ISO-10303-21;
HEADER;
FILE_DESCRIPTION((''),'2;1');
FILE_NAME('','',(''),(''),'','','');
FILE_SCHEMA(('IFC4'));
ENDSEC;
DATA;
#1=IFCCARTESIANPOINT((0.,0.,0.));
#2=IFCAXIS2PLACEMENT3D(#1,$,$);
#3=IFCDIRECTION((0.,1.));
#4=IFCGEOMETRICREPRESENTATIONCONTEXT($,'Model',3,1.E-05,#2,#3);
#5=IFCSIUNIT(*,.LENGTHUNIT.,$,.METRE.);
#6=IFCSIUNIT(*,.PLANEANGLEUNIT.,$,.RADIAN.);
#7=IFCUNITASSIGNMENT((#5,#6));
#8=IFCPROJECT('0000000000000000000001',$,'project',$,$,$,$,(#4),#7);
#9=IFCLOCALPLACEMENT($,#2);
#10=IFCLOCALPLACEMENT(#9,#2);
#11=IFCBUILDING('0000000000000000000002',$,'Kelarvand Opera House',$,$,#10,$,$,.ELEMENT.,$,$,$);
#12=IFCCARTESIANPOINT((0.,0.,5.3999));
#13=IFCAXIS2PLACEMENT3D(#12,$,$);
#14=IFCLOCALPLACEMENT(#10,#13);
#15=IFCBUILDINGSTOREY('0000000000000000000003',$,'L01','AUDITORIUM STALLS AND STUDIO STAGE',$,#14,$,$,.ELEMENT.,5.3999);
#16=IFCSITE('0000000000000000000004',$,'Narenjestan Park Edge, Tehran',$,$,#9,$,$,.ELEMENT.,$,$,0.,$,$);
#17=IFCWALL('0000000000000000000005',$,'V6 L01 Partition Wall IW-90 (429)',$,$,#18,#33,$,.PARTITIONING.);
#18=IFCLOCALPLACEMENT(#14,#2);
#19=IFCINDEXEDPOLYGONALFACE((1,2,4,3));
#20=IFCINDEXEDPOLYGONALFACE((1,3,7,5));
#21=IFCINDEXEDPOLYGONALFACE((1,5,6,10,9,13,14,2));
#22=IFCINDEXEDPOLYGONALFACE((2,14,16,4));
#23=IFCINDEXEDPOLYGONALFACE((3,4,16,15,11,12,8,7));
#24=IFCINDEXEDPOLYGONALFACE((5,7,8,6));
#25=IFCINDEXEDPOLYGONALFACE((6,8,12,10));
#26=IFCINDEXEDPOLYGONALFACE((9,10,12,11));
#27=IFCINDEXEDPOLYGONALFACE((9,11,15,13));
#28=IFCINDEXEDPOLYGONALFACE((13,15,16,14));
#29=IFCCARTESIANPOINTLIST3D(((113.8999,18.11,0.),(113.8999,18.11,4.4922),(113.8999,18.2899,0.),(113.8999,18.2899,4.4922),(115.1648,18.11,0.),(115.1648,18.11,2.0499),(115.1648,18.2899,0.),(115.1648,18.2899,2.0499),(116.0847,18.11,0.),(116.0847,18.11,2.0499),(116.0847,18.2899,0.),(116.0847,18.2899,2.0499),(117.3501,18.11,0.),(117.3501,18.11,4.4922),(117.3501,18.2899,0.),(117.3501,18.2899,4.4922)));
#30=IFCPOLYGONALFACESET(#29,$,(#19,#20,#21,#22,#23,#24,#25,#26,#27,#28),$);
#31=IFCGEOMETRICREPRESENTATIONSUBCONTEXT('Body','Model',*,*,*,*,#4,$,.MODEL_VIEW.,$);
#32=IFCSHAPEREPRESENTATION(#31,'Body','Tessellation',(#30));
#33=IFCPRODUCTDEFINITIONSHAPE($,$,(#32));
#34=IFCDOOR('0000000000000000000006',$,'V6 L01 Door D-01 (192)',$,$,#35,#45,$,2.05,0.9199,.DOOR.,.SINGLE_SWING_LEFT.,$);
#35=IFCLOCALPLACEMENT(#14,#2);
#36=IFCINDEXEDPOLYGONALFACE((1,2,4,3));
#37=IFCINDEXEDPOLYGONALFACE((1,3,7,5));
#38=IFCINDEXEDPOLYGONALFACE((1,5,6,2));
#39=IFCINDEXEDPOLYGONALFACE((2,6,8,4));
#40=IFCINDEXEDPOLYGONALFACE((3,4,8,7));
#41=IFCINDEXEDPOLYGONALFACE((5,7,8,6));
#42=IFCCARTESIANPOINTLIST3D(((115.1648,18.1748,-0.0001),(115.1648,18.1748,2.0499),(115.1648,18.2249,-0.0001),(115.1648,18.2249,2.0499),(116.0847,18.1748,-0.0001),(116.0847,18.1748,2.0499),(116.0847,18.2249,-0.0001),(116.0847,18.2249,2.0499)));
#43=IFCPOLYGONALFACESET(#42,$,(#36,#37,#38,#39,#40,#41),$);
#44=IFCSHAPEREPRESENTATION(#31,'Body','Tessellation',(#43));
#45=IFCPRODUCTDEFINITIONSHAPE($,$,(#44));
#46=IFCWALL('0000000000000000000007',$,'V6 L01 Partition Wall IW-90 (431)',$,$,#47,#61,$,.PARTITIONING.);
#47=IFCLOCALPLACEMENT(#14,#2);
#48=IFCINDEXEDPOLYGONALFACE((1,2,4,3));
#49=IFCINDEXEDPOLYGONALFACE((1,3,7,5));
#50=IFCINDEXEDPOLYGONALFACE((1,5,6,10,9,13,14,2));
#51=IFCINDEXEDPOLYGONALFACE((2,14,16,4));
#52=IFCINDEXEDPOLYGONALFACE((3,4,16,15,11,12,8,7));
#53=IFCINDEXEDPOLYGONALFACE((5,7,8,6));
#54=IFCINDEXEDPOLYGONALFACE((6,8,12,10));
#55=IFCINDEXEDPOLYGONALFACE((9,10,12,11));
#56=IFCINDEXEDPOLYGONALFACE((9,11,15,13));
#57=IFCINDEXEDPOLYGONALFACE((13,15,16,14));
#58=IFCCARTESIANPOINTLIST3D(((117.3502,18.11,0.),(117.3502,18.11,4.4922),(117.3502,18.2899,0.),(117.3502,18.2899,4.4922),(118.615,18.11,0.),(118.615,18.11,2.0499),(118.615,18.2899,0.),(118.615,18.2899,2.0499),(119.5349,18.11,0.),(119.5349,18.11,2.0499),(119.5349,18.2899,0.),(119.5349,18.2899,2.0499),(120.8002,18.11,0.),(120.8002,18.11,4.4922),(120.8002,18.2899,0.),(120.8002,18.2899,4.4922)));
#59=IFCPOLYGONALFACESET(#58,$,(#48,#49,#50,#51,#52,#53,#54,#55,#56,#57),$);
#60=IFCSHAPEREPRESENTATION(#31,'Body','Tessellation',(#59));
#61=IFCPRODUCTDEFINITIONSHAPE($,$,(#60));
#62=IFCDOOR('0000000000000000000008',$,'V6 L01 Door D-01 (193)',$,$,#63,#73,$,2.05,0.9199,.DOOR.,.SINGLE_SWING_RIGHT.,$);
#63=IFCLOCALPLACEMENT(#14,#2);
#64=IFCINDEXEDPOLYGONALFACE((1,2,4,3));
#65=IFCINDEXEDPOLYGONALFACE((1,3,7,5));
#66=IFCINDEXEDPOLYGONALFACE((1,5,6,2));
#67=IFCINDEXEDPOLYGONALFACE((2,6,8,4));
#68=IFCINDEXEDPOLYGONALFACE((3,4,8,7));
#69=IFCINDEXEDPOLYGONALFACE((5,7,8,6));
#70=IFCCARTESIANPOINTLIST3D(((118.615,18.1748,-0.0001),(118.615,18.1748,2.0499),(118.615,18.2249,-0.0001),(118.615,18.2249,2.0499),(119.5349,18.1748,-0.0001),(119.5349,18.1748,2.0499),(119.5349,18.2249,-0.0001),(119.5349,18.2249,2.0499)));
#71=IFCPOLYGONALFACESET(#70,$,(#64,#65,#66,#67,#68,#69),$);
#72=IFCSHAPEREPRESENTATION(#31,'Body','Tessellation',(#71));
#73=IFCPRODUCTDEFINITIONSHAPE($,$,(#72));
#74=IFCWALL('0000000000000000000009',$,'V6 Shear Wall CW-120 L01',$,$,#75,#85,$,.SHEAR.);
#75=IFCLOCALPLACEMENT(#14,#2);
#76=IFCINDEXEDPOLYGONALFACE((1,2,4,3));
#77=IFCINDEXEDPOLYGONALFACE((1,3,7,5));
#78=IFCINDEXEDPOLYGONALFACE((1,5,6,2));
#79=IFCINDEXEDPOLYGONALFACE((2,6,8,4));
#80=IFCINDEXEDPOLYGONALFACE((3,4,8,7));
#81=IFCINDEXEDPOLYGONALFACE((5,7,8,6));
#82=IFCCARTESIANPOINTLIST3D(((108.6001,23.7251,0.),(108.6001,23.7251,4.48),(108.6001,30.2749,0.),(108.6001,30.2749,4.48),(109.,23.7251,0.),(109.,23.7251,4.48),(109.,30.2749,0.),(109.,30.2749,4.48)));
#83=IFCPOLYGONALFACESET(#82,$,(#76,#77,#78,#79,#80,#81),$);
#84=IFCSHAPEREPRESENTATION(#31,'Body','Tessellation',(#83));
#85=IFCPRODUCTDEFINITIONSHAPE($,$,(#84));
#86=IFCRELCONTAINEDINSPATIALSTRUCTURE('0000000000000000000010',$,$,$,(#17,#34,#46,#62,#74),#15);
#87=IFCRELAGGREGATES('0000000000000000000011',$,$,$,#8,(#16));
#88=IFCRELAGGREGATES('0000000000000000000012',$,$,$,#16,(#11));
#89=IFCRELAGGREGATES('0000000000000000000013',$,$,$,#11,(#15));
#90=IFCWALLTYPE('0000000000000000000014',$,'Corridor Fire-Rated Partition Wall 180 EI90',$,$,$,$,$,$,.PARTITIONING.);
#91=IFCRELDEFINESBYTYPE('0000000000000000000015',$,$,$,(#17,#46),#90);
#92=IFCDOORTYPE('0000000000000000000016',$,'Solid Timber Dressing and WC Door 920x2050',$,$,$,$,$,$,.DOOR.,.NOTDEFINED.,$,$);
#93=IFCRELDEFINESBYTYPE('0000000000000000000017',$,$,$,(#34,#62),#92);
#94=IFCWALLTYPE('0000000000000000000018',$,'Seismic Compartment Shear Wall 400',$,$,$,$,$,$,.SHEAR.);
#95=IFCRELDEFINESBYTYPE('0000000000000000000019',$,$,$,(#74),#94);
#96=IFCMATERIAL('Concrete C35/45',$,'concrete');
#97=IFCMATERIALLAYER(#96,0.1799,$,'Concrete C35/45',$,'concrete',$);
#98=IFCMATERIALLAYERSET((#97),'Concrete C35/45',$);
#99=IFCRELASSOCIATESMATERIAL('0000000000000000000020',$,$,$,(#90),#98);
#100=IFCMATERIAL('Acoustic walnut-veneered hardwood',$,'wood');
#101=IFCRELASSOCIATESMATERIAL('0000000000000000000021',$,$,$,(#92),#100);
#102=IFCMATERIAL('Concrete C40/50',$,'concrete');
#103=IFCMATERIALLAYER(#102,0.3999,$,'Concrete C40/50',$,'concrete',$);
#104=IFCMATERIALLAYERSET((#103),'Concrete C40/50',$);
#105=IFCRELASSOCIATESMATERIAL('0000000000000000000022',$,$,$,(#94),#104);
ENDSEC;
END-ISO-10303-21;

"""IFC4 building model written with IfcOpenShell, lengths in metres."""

from ifc_helpers import new_model, si_unit, direction, frame, frame_2d, origin, place, context, subcontext, project, spatial, rectangle, extrude, material, layer, layer_set, type_object, element, fill, save


model = new_model("IFC4")

# Units and contexts
model_context = context("Model", 3, precision=1e-05, world=origin(), true_north=direction((0.0, 1.0)))
body_context = subcontext(model_context, "Body", "Model", "MODEL_VIEW")
ifc_project = project(units=[si_unit("LENGTHUNIT", "METRE"), si_unit("PLANEANGLEUNIT", "RADIAN")], contexts=[model_context])

# Site, building, storey
site_placement = place(None, origin())
site = spatial("IfcSite", under=ifc_project, at=site_placement, Name="Narenjestan Park Edge, Tehran", CompositionType="ELEMENT", RefElevation=0.0)
building_placement = place(site_placement, origin())
building = spatial("IfcBuilding", under=site, at=building_placement, Name="Kelarvand Opera House", CompositionType="ELEMENT")
storey_placement = place(building_placement, frame((0.0, 0.0, 5.3999)))
storey = spatial("IfcBuildingStorey", under=building, at=storey_placement, Name="L01", Description="AUDITORIUM STALLS AND STUDIO STAGE", CompositionType="ELEMENT", Elevation=5.3999)

# Shared definitions
ifc_material_1 = material(Name="Concrete C40/50", Category="concrete")

# Walls, openings, doors
ifc_material_2 = material(Name="Concrete C35/45", Category="concrete")
ifc_layer_1 = layer(ifc_material_2, 0.1799, Name="Concrete C35/45", Category="concrete")
ifc_layer_set_1 = layer_set([ifc_layer_1], Name="Concrete C35/45")
wall_type_1 = type_object("IfcWallType", Name="Corridor Fire-Rated Partition Wall 180 EI90", PredefinedType="PARTITIONING", material=ifc_layer_set_1)
ifc_material_3 = material(Name="Acoustic walnut-veneered hardwood", Category="wood")
door_type = type_object("IfcDoorType", Name="Solid Timber Dressing and WC Door 920x2050", OperationType="NOTDEFINED", PredefinedType="DOOR", material=ifc_material_3)
wall_1_placement = place(storey_placement, frame((113.8999, 18.2, 0.0), z_axis=(0.0, 0.0, 1.0), x_axis=(1.0, 0.0, 0.0)))
wall_1 = element("IfcWall", 1, at=wall_1_placement, inside=storey, type_object=wall_type_1, Name="V6 L01 Partition Wall IW-90 (429)", PredefinedType="PARTITIONING", context=body_context, shape_type="SweptSolid", body=[
    extrude(rectangle(XDim=3.4502, YDim=0.1799, at=frame_2d((1.7251, 0.0))), origin(), (0.0, 0.0, 1.0), 4.4922),
])
opening_1_placement = place(wall_1_placement, frame((1.2649, 0.0, 0.0)))
opening_1 = element("IfcOpeningElement", 2, at=opening_1_placement, cuts=wall_1, PredefinedType="OPENING", context=body_context, shape_type="SweptSolid", body=[
    extrude(rectangle(XDim=0.9199, YDim=2.05, at=frame_2d((0.46, 1.0249))), frame((0.0, 0.1001, 0.0), z_axis=(0.0, -1.0, 0.0), x_axis=(1.0, 0.0, 0.0)), (0.0, 0.0, 1.0), 0.2),
])
door_1_placement = place(opening_1_placement, origin())
door_1 = element("IfcDoor", 3, at=door_1_placement, inside=storey, type_object=door_type, Name="V6 L01 Door D-01 (192)", OperationType="SINGLE_SWING_LEFT", OverallHeight=2.05, OverallWidth=0.9199, PredefinedType="DOOR", context=body_context, shape_type="SweptSolid", body=[
    extrude(rectangle(XDim=0.9199, YDim=2.05, at=frame_2d((0.46, 1.0249))), frame((0.0, 0.0249, 0.0), z_axis=(0.0, -1.0, 0.0), x_axis=(1.0, 0.0, 0.0)), (0.0, 0.0, 1.0), 0.05),
])
fill(opening_1, door_1)
wall_2_placement = place(storey_placement, frame((117.3501, 18.2, 0.0), z_axis=(0.0, 0.0, 1.0), x_axis=(1.0, 0.0, 0.0)))
wall_2 = element("IfcWall", 4, at=wall_2_placement, inside=storey, type_object=wall_type_1, Name="V6 L01 Partition Wall IW-90 (431)", PredefinedType="PARTITIONING", context=body_context, shape_type="SweptSolid", body=[
    extrude(rectangle(XDim=3.45, YDim=0.1799, at=frame_2d((1.7251, 0.0))), origin(), (0.0, 0.0, 1.0), 4.4922),
])
opening_2_placement = place(wall_2_placement, frame((1.2649, 0.0, 0.0)))
opening_2 = element("IfcOpeningElement", 5, at=opening_2_placement, cuts=wall_2, PredefinedType="OPENING", context=body_context, shape_type="SweptSolid", body=[
    extrude(rectangle(XDim=0.9199, YDim=2.05, at=frame_2d((0.46, 1.0249))), frame((0.0, 0.1001, 0.0), z_axis=(0.0, -1.0, 0.0), x_axis=(1.0, 0.0, 0.0)), (0.0, 0.0, 1.0), 0.2),
])
door_2_placement = place(opening_2_placement, origin())
door_2 = element("IfcDoor", 6, at=door_2_placement, inside=storey, type_object=door_type, Name="V6 L01 Door D-01 (193)", OperationType="SINGLE_SWING_RIGHT", OverallHeight=2.05, OverallWidth=0.9199, PredefinedType="DOOR", context=body_context, shape_type="SweptSolid", body=[
    extrude(rectangle(XDim=0.9199, YDim=2.05, at=frame_2d((0.46, 1.0249))), frame((0.0, 0.0249, 0.0), z_axis=(0.0, -1.0, 0.0), x_axis=(1.0, 0.0, 0.0)), (0.0, 0.0, 1.0), 0.05),
])
fill(opening_2, door_2)

# Wall
ifc_layer_2 = layer(ifc_material_1, 0.3999, Name="Concrete C40/50", Category="concrete")
ifc_layer_set_2 = layer_set([ifc_layer_2], Name="Concrete C40/50")
wall_type_2 = type_object("IfcWallType", Name="Seismic Compartment Shear Wall 400", PredefinedType="SHEAR", material=ifc_layer_set_2)
wall_3_placement = place(storey_placement, frame((108.8, 23.7251, 0.0), z_axis=(0.0, 0.0, 1.0), x_axis=(0.0, 1.0, 0.0)))
element("IfcWall", 7, at=wall_3_placement, inside=storey, type_object=wall_type_2, Name="V6 Shear Wall CW-120 L01", PredefinedType="SHEAR", context=body_context, shape_type="SweptSolid", body=[
    extrude(rectangle(XDim=6.5498, YDim=0.3999, at=frame_2d((3.2749, 0.0))), origin(), (0.0, 0.0, 1.0), 4.48),
])

save(model, "model.ifc")
